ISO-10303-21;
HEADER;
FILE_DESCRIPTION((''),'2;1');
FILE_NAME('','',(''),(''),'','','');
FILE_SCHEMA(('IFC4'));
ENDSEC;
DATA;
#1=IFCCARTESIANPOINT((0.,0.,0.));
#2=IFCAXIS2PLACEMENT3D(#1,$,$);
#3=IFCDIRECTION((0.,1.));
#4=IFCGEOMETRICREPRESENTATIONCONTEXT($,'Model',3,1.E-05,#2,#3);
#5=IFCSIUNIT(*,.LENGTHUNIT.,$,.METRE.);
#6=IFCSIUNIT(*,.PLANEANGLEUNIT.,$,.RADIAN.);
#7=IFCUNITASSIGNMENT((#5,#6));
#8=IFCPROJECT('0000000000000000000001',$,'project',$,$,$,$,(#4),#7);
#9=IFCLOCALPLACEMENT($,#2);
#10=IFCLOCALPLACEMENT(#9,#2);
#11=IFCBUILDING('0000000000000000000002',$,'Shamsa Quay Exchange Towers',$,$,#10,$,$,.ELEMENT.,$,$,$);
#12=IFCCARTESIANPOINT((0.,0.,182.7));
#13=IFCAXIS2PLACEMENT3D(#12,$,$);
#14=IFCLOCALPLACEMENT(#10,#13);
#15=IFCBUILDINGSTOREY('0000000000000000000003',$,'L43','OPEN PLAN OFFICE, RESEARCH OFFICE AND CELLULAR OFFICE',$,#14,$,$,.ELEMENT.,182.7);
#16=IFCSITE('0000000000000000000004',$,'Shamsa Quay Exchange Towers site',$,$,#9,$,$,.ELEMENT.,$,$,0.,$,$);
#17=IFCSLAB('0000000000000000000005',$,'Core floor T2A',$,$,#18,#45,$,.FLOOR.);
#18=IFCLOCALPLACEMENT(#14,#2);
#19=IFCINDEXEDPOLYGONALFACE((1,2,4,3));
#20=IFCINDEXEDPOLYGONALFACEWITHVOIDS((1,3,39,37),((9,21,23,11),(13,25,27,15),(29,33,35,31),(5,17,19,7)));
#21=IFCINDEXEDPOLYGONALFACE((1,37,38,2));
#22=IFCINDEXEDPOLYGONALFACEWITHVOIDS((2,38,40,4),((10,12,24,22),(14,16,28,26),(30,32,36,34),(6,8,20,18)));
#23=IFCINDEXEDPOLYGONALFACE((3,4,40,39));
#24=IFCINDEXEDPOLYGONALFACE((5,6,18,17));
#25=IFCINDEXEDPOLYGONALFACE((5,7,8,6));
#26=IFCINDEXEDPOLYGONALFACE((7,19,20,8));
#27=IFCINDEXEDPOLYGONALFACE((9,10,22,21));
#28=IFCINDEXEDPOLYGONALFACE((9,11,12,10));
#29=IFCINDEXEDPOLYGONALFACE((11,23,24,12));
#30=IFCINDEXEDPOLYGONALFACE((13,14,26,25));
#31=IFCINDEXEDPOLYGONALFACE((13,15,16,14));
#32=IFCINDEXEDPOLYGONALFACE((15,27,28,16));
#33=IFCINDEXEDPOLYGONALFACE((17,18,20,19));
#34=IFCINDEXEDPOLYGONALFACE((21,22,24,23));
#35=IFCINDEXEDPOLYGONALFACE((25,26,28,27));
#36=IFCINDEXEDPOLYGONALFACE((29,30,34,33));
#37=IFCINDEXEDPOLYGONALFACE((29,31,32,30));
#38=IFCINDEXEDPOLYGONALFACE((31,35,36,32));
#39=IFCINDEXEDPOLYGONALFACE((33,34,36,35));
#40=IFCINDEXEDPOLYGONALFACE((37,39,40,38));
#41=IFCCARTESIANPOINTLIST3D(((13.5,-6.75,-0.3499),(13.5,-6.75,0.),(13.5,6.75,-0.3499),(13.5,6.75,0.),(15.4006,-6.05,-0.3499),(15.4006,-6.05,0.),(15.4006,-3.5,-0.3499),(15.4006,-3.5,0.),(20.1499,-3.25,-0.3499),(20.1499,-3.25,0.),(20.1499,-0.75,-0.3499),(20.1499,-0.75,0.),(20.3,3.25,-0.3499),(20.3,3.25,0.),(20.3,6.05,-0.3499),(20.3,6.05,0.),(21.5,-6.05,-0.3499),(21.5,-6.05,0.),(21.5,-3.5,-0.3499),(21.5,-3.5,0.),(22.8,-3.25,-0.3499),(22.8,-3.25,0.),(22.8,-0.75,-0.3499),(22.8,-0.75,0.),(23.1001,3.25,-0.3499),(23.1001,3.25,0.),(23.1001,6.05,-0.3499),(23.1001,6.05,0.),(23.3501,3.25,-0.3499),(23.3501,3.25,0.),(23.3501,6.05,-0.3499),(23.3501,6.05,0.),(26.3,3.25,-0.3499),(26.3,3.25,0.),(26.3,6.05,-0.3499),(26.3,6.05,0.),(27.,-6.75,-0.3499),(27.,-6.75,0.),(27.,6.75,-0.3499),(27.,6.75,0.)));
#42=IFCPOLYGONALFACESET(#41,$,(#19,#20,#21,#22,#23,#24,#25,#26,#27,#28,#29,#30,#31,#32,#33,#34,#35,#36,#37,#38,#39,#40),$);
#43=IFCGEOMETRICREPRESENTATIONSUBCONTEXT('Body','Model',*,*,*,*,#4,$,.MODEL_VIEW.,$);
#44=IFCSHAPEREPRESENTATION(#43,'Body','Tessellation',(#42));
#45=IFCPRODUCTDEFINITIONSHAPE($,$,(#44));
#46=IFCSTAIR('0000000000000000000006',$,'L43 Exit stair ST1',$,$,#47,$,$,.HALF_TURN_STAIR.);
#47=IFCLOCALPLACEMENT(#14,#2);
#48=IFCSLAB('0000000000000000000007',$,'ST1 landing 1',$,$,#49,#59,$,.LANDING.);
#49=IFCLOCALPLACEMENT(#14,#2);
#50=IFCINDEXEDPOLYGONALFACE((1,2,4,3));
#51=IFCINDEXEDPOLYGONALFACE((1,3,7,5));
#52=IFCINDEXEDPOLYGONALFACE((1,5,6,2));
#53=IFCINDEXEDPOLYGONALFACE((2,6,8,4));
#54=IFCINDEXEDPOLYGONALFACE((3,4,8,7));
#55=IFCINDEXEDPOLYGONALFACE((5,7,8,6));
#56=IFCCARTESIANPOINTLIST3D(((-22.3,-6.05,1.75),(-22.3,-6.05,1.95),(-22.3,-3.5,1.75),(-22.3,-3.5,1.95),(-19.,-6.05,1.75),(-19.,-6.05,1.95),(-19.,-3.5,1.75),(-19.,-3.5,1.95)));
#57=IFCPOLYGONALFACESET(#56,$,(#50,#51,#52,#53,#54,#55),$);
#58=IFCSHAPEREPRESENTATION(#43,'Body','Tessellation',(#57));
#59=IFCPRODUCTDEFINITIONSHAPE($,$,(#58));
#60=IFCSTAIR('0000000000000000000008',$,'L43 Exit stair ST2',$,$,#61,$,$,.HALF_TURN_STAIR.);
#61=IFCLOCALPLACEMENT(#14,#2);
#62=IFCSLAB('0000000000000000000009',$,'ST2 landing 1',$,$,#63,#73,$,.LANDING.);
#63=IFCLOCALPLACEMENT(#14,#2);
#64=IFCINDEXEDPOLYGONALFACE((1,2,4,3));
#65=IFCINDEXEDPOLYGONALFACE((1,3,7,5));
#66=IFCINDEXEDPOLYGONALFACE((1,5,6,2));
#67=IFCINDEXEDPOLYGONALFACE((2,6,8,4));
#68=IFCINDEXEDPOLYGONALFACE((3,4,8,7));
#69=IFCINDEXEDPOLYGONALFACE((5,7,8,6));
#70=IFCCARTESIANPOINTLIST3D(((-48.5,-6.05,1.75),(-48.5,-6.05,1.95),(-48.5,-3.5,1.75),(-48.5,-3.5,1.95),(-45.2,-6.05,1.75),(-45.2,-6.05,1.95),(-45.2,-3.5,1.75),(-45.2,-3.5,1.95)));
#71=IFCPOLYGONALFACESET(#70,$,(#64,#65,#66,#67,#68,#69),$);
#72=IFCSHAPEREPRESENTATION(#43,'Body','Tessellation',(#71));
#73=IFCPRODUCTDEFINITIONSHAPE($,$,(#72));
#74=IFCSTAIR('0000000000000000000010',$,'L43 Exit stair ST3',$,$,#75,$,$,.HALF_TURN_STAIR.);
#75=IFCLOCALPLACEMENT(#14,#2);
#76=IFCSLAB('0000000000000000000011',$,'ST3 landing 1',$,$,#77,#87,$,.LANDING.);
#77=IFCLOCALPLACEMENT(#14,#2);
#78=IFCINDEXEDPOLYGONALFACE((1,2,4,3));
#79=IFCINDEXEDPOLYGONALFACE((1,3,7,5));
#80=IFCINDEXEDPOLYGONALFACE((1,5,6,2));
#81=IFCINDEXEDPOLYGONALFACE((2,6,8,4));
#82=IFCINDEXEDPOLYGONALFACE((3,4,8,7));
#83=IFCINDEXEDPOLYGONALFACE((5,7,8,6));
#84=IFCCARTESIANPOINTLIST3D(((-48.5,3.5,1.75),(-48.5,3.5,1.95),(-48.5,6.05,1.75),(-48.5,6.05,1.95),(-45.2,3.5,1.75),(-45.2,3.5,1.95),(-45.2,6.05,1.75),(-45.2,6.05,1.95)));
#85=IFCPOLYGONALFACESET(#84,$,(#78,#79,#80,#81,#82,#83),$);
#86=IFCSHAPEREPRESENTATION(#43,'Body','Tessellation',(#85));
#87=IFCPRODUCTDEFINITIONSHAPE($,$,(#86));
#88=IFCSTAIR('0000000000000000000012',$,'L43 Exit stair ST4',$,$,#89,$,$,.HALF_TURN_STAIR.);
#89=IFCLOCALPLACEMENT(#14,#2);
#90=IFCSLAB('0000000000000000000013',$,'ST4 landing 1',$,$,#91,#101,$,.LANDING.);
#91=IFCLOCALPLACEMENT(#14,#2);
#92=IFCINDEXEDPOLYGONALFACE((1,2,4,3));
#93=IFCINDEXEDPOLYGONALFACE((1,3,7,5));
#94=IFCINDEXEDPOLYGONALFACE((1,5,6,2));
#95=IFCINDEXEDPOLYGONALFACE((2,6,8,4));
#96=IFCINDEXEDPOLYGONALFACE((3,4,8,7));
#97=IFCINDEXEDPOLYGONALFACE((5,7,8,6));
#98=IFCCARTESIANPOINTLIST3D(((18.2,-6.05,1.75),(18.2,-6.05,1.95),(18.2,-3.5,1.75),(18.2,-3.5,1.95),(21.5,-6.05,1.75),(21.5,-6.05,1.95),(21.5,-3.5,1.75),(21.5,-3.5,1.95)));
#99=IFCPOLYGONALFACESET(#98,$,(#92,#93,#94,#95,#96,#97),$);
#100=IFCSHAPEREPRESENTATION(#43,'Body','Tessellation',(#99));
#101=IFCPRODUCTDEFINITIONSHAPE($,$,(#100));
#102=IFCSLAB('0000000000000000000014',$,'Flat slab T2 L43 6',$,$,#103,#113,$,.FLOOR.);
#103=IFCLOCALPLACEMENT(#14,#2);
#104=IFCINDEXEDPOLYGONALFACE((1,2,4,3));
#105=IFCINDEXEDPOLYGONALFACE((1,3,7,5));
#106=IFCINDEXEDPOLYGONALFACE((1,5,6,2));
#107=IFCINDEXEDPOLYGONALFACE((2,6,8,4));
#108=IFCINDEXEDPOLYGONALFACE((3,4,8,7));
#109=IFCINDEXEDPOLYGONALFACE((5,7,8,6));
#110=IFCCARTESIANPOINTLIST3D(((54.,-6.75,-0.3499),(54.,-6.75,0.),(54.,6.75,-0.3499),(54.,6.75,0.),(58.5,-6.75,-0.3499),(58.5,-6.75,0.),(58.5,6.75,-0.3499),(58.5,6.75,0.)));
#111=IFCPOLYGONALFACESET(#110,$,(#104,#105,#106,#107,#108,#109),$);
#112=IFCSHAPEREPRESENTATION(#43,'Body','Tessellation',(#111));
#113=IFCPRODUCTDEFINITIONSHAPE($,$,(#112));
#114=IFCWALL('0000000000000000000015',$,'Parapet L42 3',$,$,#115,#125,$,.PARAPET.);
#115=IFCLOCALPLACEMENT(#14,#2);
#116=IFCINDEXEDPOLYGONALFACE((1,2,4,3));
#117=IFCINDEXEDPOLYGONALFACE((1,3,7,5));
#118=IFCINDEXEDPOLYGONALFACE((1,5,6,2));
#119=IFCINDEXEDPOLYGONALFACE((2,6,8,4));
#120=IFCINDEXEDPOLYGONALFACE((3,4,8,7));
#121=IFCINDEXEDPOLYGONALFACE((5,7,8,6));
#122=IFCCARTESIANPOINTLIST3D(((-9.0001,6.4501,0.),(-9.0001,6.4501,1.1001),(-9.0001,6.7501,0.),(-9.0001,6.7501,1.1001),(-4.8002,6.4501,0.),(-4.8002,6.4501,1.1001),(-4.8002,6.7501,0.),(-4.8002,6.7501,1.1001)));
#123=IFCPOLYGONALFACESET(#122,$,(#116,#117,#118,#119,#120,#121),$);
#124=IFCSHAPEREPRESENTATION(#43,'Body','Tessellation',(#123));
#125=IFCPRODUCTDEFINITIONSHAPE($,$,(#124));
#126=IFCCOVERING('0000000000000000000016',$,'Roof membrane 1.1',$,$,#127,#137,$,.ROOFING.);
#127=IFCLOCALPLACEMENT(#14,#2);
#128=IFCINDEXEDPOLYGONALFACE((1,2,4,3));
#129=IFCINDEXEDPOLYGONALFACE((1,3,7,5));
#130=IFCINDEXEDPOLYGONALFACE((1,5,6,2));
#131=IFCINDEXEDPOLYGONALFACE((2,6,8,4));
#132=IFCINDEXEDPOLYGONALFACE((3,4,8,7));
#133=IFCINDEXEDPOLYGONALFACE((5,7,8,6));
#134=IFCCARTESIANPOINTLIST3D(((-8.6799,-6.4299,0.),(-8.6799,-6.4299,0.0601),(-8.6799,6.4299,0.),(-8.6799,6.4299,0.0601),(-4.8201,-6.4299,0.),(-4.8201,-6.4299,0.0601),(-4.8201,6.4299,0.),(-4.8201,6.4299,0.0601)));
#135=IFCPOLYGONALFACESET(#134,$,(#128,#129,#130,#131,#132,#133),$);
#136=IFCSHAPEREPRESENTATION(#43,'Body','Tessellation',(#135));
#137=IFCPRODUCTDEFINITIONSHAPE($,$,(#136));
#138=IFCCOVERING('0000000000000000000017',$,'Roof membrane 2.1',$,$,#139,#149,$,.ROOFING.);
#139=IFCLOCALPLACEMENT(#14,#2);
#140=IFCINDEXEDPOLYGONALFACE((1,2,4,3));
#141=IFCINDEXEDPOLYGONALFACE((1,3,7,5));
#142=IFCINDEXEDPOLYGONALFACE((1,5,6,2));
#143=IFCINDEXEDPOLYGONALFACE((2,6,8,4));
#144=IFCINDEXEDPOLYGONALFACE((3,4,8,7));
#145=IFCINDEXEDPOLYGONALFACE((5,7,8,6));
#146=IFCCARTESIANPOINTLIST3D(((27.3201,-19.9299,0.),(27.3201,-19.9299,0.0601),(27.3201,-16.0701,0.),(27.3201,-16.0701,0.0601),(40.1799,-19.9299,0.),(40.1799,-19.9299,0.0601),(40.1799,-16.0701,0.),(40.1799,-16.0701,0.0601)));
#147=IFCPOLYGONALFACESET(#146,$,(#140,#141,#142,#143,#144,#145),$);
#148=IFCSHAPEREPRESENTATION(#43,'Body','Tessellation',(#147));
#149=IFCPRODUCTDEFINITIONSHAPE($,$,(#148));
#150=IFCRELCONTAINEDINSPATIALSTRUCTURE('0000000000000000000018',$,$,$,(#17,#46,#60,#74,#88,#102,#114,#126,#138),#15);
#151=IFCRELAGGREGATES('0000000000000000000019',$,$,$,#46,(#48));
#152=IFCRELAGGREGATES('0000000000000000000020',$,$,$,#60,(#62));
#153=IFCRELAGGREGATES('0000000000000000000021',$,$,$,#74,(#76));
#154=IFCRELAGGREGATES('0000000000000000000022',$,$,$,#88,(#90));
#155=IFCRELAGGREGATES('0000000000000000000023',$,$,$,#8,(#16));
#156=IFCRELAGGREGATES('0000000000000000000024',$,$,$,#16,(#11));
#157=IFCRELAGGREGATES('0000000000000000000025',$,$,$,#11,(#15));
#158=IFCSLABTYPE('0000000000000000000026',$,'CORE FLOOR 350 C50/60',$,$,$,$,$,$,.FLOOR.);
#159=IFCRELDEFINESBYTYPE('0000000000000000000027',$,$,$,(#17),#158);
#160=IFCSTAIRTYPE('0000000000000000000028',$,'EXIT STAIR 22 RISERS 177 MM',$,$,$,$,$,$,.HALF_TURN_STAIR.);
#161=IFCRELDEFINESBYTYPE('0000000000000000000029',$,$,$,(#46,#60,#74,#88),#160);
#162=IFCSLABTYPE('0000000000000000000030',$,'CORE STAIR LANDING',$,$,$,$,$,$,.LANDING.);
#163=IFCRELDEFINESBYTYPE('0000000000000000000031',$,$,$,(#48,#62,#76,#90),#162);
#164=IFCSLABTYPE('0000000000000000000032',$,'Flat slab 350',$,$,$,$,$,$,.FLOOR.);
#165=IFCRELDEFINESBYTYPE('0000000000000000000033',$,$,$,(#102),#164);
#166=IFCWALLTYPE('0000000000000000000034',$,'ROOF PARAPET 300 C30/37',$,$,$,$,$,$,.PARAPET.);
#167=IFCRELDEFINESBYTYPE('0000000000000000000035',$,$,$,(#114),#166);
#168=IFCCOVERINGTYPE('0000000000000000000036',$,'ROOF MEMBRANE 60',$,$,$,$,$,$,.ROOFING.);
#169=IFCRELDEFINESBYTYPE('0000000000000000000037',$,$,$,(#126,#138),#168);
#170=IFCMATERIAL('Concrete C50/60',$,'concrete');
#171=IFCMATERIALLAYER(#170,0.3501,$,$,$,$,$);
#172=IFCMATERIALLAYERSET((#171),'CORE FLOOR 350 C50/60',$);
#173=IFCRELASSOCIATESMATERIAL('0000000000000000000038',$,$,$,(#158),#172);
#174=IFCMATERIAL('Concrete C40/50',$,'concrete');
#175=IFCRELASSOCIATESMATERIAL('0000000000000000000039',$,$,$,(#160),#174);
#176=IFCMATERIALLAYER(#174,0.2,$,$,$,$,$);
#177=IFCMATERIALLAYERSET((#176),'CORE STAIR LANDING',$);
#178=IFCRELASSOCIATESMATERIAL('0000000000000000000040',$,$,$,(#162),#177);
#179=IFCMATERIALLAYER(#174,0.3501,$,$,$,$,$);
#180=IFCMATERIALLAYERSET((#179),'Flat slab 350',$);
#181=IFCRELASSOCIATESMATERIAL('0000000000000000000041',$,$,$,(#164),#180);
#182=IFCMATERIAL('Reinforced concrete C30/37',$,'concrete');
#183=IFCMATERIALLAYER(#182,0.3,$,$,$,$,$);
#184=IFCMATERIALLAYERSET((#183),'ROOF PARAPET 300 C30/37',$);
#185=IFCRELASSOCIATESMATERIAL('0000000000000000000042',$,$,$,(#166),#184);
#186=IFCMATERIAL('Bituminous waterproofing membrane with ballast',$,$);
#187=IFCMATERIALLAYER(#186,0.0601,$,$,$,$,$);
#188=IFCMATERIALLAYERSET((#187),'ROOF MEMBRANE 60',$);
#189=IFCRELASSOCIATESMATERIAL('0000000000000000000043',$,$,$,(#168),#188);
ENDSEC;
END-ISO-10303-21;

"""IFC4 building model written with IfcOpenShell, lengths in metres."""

from ifc_helpers import new_model, si_unit, direction, frame, frame_2d, origin, place, context, subcontext, project, spatial, polyline, rectangle, outline, extrude, material, layer, layer_set, type_object, element, aggregate, save


model = new_model("IFC4")

# Units and contexts
model_context = context("Model", 3, precision=1e-05, world=origin(), true_north=direction((0.0, 1.0)))
body_context = subcontext(model_context, "Body", "Model", "MODEL_VIEW")
ifc_project = project(units=[si_unit("LENGTHUNIT", "METRE"), si_unit("PLANEANGLEUNIT", "RADIAN")], contexts=[model_context])

# Site, building, storey
site_placement = place(None, origin())
site = spatial("IfcSite", under=ifc_project, at=site_placement, Name="Shamsa Quay Exchange Towers site", CompositionType="ELEMENT", RefElevation=0.0)
building_placement = place(site_placement, origin())
building = spatial("IfcBuilding", under=site, at=building_placement, Name="Shamsa Quay Exchange Towers", CompositionType="ELEMENT")
storey_placement = place(building_placement, frame((0.0, 0.0, 182.7)))
storey = spatial("IfcBuildingStorey", under=building, at=storey_placement, Name="L43", Description="OPEN PLAN OFFICE, RESEARCH OFFICE AND CELLULAR OFFICE", CompositionType="ELEMENT", Elevation=182.7)

# Slab
ifc_material_1 = material(Name="Concrete C50/60", Category="concrete")
ifc_layer_1 = layer(ifc_material_1, 0.3501)
ifc_layer_set_1 = layer_set([ifc_layer_1], Name="CORE FLOOR 350 C50/60")
slab_type_1 = type_object("IfcSlabType", Name="CORE FLOOR 350 C50/60", PredefinedType="FLOOR", material=ifc_layer_set_1)
slab_1_placement = place(storey_placement, frame((0.0, 0.0, -0.3499)))
element("IfcSlab", 1, at=slab_1_placement, inside=storey, type_object=slab_type_1, Name="Core floor T2A", PredefinedType="FLOOR", context=body_context, shape_type="SweptSolid", body=[
    extrude(outline(polyline([(13.5, -6.75), (27.0, -6.75), (27.0, 6.75), (13.5, 6.75), (13.5, -6.75)]), holes=[polyline([(15.4006, -6.05), (15.4006, -3.5), (21.5, -3.5), (21.5, -6.05), (15.4006, -6.05)]), polyline([(20.3, 3.25), (20.3, 6.05), (23.1001, 6.05), (23.1001, 3.25), (20.3, 3.25)]), polyline([(23.3501, 3.25), (23.3501, 6.05), (26.3, 6.05), (26.3, 3.25), (23.3501, 3.25)]), polyline([(20.1499, -3.25), (20.1499, -0.75), (22.8, -0.75), (22.8, -3.25), (20.1499, -3.25)])]), origin(), (0.0, 0.0, 1.0), 0.3499),
])

# Stairs, slabs
ifc_material_2 = material(Name="Concrete C40/50", Category="concrete")
stair_type = type_object("IfcStairType", Name="EXIT STAIR 22 RISERS 177 MM", PredefinedType="HALF_TURN_STAIR", material=ifc_material_2)
stair_1_placement = place(storey_placement, origin())
stair_1 = element("IfcStair", 2, at=stair_1_placement, inside=storey, type_object=stair_type, Name="L43 Exit stair ST1", PredefinedType="HALF_TURN_STAIR")
ifc_layer_2 = layer(ifc_material_2, 0.2)
ifc_layer_set_2 = layer_set([ifc_layer_2], Name="CORE STAIR LANDING")
slab_type_2 = type_object("IfcSlabType", Name="CORE STAIR LANDING", PredefinedType="LANDING", material=ifc_layer_set_2)
slab_2_placement = place(storey_placement, frame((0.0, 0.0, 1.75)))
slab_2 = element("IfcSlab", 3, at=slab_2_placement, type_object=slab_type_2, Name="ST1 landing 1", PredefinedType="LANDING", context=body_context, shape_type="SweptSolid", body=[
    extrude(outline(polyline([(-22.3, -6.05), (-19.0, -6.05), (-19.0, -3.5), (-22.3, -3.5), (-22.3, -6.05)])), origin(), (0.0, 0.0, 1.0), 0.2),
])
aggregate(stair_1, [slab_2])
stair_2_placement = place(storey_placement, origin())
stair_2 = element("IfcStair", 4, at=stair_2_placement, inside=storey, type_object=stair_type, Name="L43 Exit stair ST2", PredefinedType="HALF_TURN_STAIR")
slab_3_placement = place(storey_placement, frame((0.0, 0.0, 1.75)))
slab_3 = element("IfcSlab", 5, at=slab_3_placement, type_object=slab_type_2, Name="ST2 landing 1", PredefinedType="LANDING", context=body_context, shape_type="SweptSolid", body=[
    extrude(outline(polyline([(-45.2, -3.5), (-48.5, -3.5), (-48.5, -6.05), (-45.2, -6.05), (-45.2, -3.5)])), origin(), (0.0, 0.0, 1.0), 0.2),
])
aggregate(stair_2, [slab_3])
stair_3_placement = place(storey_placement, origin())
stair_3 = element("IfcStair", 6, at=stair_3_placement, inside=storey, type_object=stair_type, Name="L43 Exit stair ST3", PredefinedType="HALF_TURN_STAIR")
slab_4_placement = place(storey_placement, frame((0.0, 0.0, 1.75)))
slab_4 = element("IfcSlab", 7, at=slab_4_placement, type_object=slab_type_2, Name="ST3 landing 1", PredefinedType="LANDING", context=body_context, shape_type="SweptSolid", body=[
    extrude(outline(polyline([(-45.2, 6.05), (-48.5, 6.05), (-48.5, 3.5), (-45.2, 3.5), (-45.2, 6.05)])), origin(), (0.0, 0.0, 1.0), 0.2),
])
aggregate(stair_3, [slab_4])
stair_4_placement = place(storey_placement, origin())
stair_4 = element("IfcStair", 8, at=stair_4_placement, inside=storey, type_object=stair_type, Name="L43 Exit stair ST4", PredefinedType="HALF_TURN_STAIR")
slab_5_placement = place(storey_placement, frame((0.0, 0.0, 1.75)))
slab_5 = element("IfcSlab", 9, at=slab_5_placement, type_object=slab_type_2, Name="ST4 landing 1", PredefinedType="LANDING", context=body_context, shape_type="SweptSolid", body=[
    extrude(outline(polyline([(18.2, -6.05), (21.5, -6.05), (21.5, -3.5), (18.2, -3.5), (18.2, -6.05)])), origin(), (0.0, 0.0, 1.0), 0.2),
])
aggregate(stair_4, [slab_5])

# Slab
ifc_layer_3 = layer(ifc_material_2, 0.3501)
ifc_layer_set_3 = layer_set([ifc_layer_3], Name="Flat slab 350")
slab_type_3 = type_object("IfcSlabType", Name="Flat slab 350", PredefinedType="FLOOR", material=ifc_layer_set_3)
slab_6_placement = place(storey_placement, frame((0.0, 0.0, -0.3499)))
element("IfcSlab", 10, at=slab_6_placement, inside=storey, type_object=slab_type_3, Name="Flat slab T2 L43 6", PredefinedType="FLOOR", context=body_context, shape_type="SweptSolid", body=[
    extrude(outline(polyline([(58.5, 6.75), (54.0, 6.75), (54.0, -6.75), (58.5, -6.75), (58.5, 6.75)])), origin(), (0.0, 0.0, 1.0), 0.3499),
])

# Wall
ifc_material_3 = material(Name="Reinforced concrete C30/37", Category="concrete")
ifc_layer_4 = layer(ifc_material_3, 0.3)
ifc_layer_set_4 = layer_set([ifc_layer_4], Name="ROOF PARAPET 300 C30/37")
wall_type = type_object("IfcWallType", Name="ROOF PARAPET 300 C30/37", PredefinedType="PARAPET", material=ifc_layer_set_4)
wall_placement = place(storey_placement, frame((-4.8, 6.6001, 0.0), z_axis=(0.0, 0.0, 1.0), x_axis=(-1.0, 0.0, 0.0)))
element("IfcWall", 11, at=wall_placement, inside=storey, type_object=wall_type, Name="Parapet L42 3", PredefinedType="PARAPET", context=body_context, shape_type="SweptSolid", body=[
    extrude(rectangle(XDim=4.2, YDim=0.3, at=frame_2d((2.1001, 0.0))), origin(), (0.0, 0.0, 1.0), 1.1001),
])

# Coverings
ifc_material_4 = material(Name="Bituminous waterproofing membrane with ballast")
ifc_layer_5 = layer(ifc_material_4, 0.0601)
ifc_layer_set_5 = layer_set([ifc_layer_5], Name="ROOF MEMBRANE 60")
covering_type = type_object("IfcCoveringType", Name="ROOF MEMBRANE 60", PredefinedType="ROOFING", material=ifc_layer_set_5)
covering_1_placement = place(storey_placement, origin())
element("IfcCovering", 12, at=covering_1_placement, inside=storey, type_object=covering_type, Name="Roof membrane 1.1", PredefinedType="ROOFING", context=body_context, shape_type="SweptSolid", body=[
    extrude(outline(polyline([(-4.8201, -6.4299), (-8.6799, -6.4299), (-8.6799, 6.4299), (-4.8201, 6.4299), (-4.8201, -6.4299)])), origin(), (0.0, 0.0, 1.0), 0.0601),
])
covering_2_placement = place(storey_placement, origin())
element("IfcCovering", 13, at=covering_2_placement, inside=storey, type_object=covering_type, Name="Roof membrane 2.1", PredefinedType="ROOFING", context=body_context, shape_type="SweptSolid", body=[
    extrude(outline(polyline([(27.3201, -19.9299), (27.3201, -16.0701), (40.1799, -16.0701), (40.1799, -19.9299), (27.3201, -19.9299)])), origin(), (0.0, 0.0, 1.0), 0.0601),
])

save(model, "model.ifc")
